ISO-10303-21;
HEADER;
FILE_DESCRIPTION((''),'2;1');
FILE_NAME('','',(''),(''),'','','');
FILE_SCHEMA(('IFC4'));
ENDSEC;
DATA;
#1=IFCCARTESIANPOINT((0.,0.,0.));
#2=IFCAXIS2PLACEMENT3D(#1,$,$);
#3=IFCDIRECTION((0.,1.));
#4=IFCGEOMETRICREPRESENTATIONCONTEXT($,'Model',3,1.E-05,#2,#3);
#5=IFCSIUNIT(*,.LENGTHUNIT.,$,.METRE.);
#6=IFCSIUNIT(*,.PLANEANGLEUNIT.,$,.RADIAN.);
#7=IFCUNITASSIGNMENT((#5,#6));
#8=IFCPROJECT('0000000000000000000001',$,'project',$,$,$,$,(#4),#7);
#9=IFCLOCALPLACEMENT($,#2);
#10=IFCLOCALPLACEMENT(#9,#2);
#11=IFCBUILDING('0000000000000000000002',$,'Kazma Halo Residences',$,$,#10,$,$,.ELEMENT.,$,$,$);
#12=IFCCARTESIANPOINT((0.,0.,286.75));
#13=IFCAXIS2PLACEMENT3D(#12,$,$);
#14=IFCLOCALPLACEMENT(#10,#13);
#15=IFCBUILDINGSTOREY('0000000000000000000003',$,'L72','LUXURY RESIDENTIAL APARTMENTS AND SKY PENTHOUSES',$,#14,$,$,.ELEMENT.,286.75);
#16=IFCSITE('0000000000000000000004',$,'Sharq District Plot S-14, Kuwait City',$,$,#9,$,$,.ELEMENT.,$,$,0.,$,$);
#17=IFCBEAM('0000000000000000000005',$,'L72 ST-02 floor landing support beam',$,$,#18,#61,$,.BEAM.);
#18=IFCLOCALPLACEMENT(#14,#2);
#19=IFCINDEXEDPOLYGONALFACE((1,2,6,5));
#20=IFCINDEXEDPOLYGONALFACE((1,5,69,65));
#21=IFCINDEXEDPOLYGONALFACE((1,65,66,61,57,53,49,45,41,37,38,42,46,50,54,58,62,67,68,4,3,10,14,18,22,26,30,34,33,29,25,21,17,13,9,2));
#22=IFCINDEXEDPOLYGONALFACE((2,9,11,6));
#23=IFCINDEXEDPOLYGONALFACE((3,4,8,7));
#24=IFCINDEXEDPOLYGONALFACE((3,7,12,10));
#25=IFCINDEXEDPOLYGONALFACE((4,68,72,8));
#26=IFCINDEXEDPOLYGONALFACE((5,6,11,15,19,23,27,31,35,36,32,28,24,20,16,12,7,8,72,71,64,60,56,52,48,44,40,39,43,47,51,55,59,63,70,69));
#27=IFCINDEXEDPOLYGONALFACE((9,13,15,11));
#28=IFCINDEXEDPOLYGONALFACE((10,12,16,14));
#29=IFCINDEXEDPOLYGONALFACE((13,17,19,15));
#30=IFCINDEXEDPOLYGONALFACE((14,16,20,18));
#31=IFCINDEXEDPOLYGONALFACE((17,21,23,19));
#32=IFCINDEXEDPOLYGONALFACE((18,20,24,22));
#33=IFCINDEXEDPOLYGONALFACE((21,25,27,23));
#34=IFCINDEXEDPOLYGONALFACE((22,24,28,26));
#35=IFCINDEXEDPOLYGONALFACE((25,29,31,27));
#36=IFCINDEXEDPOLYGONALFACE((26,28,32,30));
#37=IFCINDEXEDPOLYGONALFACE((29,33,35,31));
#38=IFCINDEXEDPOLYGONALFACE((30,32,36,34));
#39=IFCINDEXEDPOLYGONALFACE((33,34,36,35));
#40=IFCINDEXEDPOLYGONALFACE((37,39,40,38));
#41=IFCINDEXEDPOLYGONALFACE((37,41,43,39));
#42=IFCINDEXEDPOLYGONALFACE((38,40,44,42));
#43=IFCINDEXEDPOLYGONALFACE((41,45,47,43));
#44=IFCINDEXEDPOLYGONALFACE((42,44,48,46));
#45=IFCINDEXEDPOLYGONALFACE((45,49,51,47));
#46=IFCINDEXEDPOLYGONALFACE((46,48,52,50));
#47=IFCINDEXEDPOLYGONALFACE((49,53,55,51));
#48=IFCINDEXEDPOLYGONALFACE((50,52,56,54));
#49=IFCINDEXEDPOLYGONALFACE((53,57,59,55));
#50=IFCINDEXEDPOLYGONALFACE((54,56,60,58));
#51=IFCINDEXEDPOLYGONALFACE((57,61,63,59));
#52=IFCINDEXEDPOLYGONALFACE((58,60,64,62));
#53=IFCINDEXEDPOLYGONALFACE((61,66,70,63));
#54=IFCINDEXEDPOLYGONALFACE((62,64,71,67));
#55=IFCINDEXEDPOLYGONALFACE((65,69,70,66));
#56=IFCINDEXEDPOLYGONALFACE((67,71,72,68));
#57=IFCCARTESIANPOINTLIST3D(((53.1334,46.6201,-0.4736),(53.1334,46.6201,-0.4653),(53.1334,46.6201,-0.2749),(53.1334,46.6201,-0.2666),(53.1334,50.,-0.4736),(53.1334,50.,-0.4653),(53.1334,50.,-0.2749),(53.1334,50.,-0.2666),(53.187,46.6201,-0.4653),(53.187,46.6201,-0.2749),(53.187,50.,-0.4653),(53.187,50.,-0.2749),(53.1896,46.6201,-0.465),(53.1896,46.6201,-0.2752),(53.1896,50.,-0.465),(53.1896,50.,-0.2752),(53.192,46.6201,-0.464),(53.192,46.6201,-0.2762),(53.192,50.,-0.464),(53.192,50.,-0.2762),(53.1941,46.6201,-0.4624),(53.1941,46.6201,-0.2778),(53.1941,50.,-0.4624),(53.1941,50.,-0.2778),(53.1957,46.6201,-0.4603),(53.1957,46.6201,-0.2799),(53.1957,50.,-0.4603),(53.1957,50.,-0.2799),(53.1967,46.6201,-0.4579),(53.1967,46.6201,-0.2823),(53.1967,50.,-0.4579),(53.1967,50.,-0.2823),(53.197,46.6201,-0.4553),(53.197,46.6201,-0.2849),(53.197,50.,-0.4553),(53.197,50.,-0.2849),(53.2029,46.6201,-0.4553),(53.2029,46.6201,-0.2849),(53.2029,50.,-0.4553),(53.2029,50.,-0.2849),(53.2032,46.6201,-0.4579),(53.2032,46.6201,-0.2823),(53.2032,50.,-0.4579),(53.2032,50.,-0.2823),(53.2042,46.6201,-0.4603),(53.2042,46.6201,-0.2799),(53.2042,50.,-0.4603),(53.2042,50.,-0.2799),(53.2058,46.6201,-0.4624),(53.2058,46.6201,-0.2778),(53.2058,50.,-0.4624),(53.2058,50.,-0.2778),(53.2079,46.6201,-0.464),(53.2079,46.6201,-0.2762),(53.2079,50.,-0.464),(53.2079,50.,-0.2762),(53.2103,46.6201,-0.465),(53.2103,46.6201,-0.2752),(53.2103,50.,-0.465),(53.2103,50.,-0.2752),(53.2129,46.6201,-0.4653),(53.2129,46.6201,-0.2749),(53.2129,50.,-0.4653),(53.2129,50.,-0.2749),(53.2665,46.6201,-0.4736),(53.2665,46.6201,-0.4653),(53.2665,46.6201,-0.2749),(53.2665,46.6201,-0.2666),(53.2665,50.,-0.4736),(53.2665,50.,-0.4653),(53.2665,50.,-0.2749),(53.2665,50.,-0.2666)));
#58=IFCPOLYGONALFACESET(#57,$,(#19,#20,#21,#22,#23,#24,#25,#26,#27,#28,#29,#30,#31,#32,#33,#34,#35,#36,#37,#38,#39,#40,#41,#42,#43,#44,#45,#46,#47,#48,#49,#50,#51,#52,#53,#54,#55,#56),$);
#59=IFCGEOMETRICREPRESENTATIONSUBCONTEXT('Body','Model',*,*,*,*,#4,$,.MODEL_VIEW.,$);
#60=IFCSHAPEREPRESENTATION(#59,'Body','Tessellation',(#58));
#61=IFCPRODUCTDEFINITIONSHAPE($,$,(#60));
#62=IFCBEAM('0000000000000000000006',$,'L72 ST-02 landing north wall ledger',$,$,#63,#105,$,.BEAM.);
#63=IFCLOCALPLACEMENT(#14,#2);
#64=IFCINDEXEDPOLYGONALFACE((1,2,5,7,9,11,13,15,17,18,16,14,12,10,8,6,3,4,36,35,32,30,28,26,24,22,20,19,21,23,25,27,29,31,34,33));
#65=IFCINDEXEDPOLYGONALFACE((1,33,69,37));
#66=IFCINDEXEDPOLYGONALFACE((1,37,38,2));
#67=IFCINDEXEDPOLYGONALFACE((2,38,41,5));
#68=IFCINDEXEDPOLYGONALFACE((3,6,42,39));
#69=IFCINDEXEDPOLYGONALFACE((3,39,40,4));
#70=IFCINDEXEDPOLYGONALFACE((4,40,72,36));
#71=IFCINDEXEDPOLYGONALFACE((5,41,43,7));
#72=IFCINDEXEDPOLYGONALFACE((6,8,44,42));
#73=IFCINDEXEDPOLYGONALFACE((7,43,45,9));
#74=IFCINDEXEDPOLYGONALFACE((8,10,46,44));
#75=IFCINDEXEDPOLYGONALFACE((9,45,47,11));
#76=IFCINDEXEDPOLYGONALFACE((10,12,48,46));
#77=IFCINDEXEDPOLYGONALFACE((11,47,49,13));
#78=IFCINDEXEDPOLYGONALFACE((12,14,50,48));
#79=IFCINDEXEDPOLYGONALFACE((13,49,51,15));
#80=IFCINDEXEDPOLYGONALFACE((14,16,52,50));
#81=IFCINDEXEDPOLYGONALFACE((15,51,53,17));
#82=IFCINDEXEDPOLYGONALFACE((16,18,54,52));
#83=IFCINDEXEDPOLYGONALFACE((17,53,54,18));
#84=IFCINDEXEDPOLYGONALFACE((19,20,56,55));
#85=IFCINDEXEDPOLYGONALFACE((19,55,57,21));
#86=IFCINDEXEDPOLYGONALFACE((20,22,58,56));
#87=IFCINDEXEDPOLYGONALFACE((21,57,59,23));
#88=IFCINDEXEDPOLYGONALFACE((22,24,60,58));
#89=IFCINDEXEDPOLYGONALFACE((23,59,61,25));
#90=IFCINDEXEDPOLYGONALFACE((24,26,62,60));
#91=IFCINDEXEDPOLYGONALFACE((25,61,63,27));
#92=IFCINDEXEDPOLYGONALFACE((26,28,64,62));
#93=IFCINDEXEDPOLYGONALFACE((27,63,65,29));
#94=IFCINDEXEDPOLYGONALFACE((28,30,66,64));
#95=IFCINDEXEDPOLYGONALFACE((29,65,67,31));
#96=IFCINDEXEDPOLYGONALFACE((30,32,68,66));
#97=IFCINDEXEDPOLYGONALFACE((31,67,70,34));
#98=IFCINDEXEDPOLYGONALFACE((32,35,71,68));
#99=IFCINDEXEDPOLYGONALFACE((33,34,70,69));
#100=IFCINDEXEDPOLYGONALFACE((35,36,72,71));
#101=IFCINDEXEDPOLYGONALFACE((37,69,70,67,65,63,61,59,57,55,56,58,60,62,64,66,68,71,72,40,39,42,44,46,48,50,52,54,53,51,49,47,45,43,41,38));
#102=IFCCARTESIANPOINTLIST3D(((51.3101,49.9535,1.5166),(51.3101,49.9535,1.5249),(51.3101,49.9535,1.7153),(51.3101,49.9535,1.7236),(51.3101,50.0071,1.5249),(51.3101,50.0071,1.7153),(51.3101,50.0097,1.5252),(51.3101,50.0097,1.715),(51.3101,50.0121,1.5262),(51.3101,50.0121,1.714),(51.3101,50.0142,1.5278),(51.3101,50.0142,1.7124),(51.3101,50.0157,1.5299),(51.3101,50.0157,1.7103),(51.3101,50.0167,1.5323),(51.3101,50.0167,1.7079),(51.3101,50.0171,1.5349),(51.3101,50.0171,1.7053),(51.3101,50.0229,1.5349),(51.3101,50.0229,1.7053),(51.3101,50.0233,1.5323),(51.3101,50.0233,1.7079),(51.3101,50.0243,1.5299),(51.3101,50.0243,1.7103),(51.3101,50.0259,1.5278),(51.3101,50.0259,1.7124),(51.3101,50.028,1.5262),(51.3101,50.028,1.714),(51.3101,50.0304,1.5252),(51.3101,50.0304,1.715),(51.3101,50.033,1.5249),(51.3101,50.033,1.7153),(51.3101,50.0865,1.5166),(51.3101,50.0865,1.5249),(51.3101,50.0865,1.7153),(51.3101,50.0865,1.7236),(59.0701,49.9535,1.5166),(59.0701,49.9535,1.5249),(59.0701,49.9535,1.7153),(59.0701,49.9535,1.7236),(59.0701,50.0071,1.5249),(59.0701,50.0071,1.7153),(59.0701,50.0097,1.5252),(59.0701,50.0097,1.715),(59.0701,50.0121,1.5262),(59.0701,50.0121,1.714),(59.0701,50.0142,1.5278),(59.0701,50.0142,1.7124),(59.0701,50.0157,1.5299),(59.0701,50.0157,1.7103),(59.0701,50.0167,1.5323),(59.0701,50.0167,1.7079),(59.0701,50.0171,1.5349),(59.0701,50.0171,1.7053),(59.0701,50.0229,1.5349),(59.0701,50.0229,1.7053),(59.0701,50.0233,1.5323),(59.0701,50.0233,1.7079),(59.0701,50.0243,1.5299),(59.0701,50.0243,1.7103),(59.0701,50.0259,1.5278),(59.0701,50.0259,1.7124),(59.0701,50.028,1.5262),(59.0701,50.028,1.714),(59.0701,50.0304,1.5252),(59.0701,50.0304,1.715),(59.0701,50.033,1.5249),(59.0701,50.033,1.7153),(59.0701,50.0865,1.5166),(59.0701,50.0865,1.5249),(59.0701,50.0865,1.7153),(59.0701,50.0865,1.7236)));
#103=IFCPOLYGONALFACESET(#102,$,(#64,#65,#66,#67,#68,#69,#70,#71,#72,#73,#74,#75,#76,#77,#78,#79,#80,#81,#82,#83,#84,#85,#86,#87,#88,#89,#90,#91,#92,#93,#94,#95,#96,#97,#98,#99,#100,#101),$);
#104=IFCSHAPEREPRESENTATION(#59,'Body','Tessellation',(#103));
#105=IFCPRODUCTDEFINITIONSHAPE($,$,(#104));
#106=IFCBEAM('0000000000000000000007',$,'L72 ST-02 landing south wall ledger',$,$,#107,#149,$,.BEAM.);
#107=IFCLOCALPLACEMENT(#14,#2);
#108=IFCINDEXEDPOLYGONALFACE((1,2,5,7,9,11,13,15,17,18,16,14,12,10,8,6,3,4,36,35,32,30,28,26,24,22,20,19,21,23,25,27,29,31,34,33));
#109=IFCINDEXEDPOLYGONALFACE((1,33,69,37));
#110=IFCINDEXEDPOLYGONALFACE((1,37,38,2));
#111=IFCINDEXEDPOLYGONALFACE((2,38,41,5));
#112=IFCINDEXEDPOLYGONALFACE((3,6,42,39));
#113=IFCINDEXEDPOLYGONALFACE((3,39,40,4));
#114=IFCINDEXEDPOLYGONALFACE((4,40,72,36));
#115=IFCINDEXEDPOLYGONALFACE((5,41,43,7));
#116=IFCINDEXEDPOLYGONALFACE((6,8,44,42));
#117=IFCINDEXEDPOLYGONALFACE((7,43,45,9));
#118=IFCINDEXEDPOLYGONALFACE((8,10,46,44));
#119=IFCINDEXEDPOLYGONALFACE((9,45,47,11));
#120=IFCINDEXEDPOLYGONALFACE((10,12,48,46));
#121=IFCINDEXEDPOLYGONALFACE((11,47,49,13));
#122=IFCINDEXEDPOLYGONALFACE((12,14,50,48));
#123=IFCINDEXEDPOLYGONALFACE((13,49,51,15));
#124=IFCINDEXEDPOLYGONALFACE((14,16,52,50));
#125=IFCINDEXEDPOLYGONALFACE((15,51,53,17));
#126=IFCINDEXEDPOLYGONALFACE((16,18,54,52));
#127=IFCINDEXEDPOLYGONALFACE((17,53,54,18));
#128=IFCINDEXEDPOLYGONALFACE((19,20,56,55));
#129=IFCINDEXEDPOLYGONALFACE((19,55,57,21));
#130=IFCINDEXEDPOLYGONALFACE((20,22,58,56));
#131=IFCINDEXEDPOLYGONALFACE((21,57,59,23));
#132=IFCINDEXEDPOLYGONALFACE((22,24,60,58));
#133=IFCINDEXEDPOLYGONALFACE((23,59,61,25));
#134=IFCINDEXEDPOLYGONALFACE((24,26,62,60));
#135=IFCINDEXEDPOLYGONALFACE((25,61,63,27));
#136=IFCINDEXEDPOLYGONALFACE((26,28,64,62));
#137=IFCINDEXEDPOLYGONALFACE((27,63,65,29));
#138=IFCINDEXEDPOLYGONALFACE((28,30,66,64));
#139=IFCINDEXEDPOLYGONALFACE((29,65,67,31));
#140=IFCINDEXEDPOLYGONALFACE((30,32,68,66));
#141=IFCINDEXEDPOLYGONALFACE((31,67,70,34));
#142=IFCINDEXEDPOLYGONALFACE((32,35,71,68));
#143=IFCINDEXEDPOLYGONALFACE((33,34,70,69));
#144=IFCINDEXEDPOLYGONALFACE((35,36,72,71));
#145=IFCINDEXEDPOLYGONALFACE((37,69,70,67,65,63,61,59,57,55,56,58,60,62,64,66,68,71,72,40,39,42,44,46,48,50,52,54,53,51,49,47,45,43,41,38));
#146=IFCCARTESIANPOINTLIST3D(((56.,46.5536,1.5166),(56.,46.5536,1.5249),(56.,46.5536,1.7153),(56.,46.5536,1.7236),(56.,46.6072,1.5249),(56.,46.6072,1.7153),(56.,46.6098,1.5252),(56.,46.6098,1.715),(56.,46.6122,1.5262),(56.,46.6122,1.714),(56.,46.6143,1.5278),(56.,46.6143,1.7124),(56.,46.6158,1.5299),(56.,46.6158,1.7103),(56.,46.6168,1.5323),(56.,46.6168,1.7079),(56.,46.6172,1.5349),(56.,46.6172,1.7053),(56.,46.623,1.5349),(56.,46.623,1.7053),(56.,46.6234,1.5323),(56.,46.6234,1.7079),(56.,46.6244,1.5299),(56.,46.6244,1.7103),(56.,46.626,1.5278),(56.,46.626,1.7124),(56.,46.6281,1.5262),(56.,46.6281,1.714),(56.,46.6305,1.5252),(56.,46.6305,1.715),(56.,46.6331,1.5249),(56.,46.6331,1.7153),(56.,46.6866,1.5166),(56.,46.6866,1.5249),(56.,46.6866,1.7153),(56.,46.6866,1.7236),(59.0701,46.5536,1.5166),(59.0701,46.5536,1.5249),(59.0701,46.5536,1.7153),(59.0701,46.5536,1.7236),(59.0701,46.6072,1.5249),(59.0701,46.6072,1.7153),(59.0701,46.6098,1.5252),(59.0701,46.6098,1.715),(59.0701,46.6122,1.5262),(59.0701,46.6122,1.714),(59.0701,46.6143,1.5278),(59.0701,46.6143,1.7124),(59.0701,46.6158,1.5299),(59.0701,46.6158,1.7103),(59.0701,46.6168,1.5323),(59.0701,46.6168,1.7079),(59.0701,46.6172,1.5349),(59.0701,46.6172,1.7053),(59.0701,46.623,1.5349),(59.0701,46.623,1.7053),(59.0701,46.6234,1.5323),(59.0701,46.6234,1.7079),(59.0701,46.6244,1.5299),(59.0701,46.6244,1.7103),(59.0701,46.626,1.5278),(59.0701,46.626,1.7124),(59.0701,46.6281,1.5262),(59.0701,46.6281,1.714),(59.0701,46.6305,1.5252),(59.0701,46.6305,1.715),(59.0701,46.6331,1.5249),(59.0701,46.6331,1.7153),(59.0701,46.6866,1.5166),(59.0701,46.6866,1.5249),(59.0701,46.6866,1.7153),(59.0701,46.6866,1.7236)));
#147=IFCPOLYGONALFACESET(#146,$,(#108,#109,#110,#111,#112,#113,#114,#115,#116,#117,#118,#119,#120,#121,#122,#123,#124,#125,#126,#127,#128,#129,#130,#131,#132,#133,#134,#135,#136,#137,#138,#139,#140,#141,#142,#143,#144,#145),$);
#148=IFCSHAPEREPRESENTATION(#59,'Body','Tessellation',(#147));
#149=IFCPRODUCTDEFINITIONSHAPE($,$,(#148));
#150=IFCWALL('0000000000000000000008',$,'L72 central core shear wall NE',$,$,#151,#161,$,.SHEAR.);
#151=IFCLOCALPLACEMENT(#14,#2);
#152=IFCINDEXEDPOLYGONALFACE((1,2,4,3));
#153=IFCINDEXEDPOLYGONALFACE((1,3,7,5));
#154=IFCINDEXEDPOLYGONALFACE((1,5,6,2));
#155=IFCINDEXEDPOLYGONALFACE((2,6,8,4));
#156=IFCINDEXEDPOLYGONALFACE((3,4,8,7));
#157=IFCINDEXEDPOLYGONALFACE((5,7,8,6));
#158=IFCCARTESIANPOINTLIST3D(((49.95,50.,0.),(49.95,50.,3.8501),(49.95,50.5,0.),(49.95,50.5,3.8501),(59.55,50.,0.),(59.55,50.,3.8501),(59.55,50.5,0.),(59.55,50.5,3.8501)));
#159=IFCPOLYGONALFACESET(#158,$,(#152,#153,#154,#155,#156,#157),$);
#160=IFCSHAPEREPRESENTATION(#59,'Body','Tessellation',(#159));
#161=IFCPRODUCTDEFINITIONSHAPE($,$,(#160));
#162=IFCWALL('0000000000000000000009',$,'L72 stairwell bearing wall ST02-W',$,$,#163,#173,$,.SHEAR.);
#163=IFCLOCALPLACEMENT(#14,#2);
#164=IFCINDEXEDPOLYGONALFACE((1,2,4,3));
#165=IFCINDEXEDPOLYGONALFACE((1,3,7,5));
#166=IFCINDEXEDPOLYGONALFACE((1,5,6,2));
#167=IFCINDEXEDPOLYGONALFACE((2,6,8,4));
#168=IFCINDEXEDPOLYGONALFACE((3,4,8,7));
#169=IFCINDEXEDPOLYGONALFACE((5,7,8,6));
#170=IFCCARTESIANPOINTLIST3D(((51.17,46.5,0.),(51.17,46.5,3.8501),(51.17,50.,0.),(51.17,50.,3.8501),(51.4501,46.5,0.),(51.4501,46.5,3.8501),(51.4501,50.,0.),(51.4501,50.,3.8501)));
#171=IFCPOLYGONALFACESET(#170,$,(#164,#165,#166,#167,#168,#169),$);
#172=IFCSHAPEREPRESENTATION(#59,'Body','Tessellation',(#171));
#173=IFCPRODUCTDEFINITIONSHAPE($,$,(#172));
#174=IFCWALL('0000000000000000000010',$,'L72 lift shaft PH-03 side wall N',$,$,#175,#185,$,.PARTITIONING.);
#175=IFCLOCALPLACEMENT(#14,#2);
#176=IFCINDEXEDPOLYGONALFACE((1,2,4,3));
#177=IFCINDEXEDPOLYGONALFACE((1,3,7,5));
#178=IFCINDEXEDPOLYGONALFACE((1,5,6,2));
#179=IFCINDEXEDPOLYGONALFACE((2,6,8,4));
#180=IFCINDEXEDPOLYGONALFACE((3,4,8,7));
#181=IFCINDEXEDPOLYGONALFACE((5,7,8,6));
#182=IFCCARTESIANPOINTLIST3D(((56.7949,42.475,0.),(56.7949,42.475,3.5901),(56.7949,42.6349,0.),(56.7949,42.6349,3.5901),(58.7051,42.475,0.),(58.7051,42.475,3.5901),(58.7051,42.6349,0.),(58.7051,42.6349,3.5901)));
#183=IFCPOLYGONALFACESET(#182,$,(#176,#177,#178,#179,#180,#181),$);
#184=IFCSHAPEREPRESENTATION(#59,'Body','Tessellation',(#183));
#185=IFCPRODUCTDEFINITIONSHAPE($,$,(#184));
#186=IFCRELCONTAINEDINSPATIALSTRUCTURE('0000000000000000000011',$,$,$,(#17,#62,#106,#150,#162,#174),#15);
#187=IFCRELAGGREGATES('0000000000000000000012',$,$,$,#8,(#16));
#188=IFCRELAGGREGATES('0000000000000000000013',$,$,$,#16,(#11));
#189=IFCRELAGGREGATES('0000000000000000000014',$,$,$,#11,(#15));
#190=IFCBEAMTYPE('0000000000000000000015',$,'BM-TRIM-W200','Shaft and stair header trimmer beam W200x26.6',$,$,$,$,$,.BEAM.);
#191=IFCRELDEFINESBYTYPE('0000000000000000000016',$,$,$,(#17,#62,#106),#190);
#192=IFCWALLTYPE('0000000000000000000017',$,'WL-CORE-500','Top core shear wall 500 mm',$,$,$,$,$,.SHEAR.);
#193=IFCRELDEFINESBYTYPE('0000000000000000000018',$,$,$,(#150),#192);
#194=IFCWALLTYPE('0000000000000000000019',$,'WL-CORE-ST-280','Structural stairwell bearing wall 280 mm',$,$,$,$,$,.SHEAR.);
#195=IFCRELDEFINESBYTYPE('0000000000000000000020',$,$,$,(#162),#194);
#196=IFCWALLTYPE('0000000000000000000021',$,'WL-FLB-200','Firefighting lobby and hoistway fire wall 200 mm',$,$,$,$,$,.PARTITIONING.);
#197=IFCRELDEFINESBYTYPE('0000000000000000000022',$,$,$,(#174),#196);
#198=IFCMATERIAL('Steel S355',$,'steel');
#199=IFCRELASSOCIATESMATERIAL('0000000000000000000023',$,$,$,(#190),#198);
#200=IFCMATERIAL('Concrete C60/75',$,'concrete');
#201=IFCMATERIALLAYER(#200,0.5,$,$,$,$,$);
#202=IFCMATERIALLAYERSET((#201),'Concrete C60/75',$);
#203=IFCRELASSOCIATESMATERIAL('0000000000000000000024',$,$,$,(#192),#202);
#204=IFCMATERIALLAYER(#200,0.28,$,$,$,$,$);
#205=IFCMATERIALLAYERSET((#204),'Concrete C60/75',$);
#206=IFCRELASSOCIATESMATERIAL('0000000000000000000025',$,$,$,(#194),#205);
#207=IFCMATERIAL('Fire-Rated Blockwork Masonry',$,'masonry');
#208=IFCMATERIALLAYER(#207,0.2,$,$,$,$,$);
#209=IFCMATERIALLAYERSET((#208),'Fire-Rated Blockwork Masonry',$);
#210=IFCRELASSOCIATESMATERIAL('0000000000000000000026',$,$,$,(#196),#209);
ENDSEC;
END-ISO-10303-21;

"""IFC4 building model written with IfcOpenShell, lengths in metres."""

from ifc_helpers import new_model, si_unit, direction, frame, frame_2d, origin, origin_2d, place, context, subcontext, project, spatial, rectangle, i_section, extrude, material, layer, layer_set, material_profile, profile_set, type_object, element, save


model = new_model("IFC4")

# Units and contexts
model_context = context("Model", 3, precision=1e-05, world=origin(), true_north=direction((0.0, 1.0)))
body_context = subcontext(model_context, "Body", "Model", "MODEL_VIEW")
ifc_project = project(units=[si_unit("LENGTHUNIT", "METRE"), si_unit("PLANEANGLEUNIT", "RADIAN")], contexts=[model_context])

# Site, building, storey
site_placement = place(None, origin())
site = spatial("IfcSite", under=ifc_project, at=site_placement, Name="Sharq District Plot S-14, Kuwait City", CompositionType="ELEMENT", RefElevation=0.0)
building_placement = place(site_placement, origin())
building = spatial("IfcBuilding", under=site, at=building_placement, Name="Kazma Halo Residences", CompositionType="ELEMENT")
storey_placement = place(building_placement, frame((0.0, 0.0, 286.75)))
storey = spatial("IfcBuildingStorey", under=building, at=storey_placement, Name="L72", Description="LUXURY RESIDENTIAL APARTMENTS AND SKY PENTHOUSES", CompositionType="ELEMENT", Elevation=286.75)

# Shared definitions
ifc_material_1 = material(Name="Steel S355", Category="steel")

# Beams
ifc_material_profile_1 = material_profile(ifc_material_1, i_section(OverallWidth=0.1331, OverallDepth=0.207, WebThickness=0.0059, FlangeThickness=0.0083, FilletRadius=0.01, at=origin_2d()), Name="W200x26.6")
ifc_profile_set_1 = profile_set([ifc_material_profile_1], Name="Steel S355")
beam_type_1 = type_object("IfcBeamType", Name="BM-TRIM-W200", Description="Shaft and stair header trimmer beam W200x26.6", PredefinedType="BEAM", material=ifc_profile_set_1)
beam_1_placement = place(storey_placement, frame((53.2, 46.6201, -0.3701), z_axis=(0.0, 1.0, 0.0), x_axis=(-1.0, 0.0, 0.0)))
element("IfcBeam", 1, at=beam_1_placement, inside=storey, type_object=beam_type_1, Name="L72 ST-02 floor landing support beam", PredefinedType="BEAM", context=body_context, shape_type="SweptSolid", body=[
    extrude(i_section(OverallWidth=0.1331, OverallDepth=0.207, WebThickness=0.0059, FlangeThickness=0.0083, FilletRadius=0.01, at=origin_2d()), origin(), (0.0, 0.0, 1.0), 3.3799),
])
beam_2_placement = place(storey_placement, frame((51.3101, 50.02, 1.6201), z_axis=(1.0, 0.0, 0.0), x_axis=(0.0, 1.0, 0.0)))
element("IfcBeam", 2, at=beam_2_placement, inside=storey, type_object=beam_type_1, Name="L72 ST-02 landing north wall ledger", PredefinedType="BEAM", context=body_context, shape_type="SweptSolid", body=[
    extrude(i_section(OverallWidth=0.1331, OverallDepth=0.207, WebThickness=0.0059, FlangeThickness=0.0083, FilletRadius=0.01, at=origin_2d()), origin(), (0.0, 0.0, 1.0), 7.76),
])
beam_3_placement = place(storey_placement, frame((56.0, 46.6201, 1.6201), z_axis=(1.0, 0.0, 0.0), x_axis=(0.0, 1.0, 0.0)))
element("IfcBeam", 3, at=beam_3_placement, inside=storey, type_object=beam_type_1, Name="L72 ST-02 landing south wall ledger", PredefinedType="BEAM", context=body_context, shape_type="SweptSolid", body=[
    extrude(i_section(OverallWidth=0.1331, OverallDepth=0.207, WebThickness=0.0059, FlangeThickness=0.0083, FilletRadius=0.01, at=origin_2d()), origin(), (0.0, 0.0, 1.0), 3.0701),
])

# Walls
ifc_material_2 = material(Name="Concrete C60/75", Category="concrete")
ifc_layer_1 = layer(ifc_material_2, 0.5)
ifc_layer_set_1 = layer_set([ifc_layer_1], Name="Concrete C60/75")
wall_type_1 = type_object("IfcWallType", Name="WL-CORE-500", Description="Top core shear wall 500 mm", PredefinedType="SHEAR", material=ifc_layer_set_1)
wall_1_placement = place(storey_placement, frame((49.95, 50.25, 0.0), z_axis=(0.0, 0.0, 1.0), x_axis=(1.0, 0.0, 0.0)))
element("IfcWall", 4, at=wall_1_placement, inside=storey, type_object=wall_type_1, Name="L72 central core shear wall NE", PredefinedType="SHEAR", context=body_context, shape_type="SweptSolid", body=[
    extrude(rectangle(XDim=9.6001, YDim=0.5, at=frame_2d((4.8, 0.0))), origin(), (0.0, 0.0, 1.0), 3.8501),
])
ifc_layer_2 = layer(ifc_material_2, 0.28)
ifc_layer_set_2 = layer_set([ifc_layer_2], Name="Concrete C60/75")
wall_type_2 = type_object("IfcWallType", Name="WL-CORE-ST-280", Description="Structural stairwell bearing wall 280 mm", PredefinedType="SHEAR", material=ifc_layer_set_2)
wall_2_placement = place(storey_placement, frame((51.3101, 46.5, 0.0), z_axis=(0.0, 0.0, 1.0), x_axis=(0.0, 1.0, 0.0)))
element("IfcWall", 5, at=wall_2_placement, inside=storey, type_object=wall_type_2, Name="L72 stairwell bearing wall ST02-W", PredefinedType="SHEAR", context=body_context, shape_type="SweptSolid", body=[
    extrude(rectangle(XDim=3.5, YDim=0.28, at=frame_2d((1.75, 0.0))), origin(), (0.0, 0.0, 1.0), 3.8501),
])
ifc_material_3 = material(Name="Fire-Rated Blockwork Masonry", Category="masonry")
ifc_layer_3 = layer(ifc_material_3, 0.2)
ifc_layer_set_3 = layer_set([ifc_layer_3], Name="Fire-Rated Blockwork Masonry")
wall_type_3 = type_object("IfcWallType", Name="WL-FLB-200", Description="Firefighting lobby and hoistway fire wall 200 mm", PredefinedType="PARTITIONING", material=ifc_layer_set_3)
wall_3_placement = place(storey_placement, frame((56.7949, 42.5549, 0.0), z_axis=(0.0, 0.0, 1.0), x_axis=(1.0, 0.0, 0.0)))
element("IfcWall", 6, at=wall_3_placement, inside=storey, type_object=wall_type_3, Name="L72 lift shaft PH-03 side wall N", PredefinedType="PARTITIONING", context=body_context, shape_type="SweptSolid", body=[
    extrude(rectangle(XDim=1.9102, YDim=0.1599, at=frame_2d((0.9551, 0.0))), origin(), (0.0, 0.0, 1.0), 3.5901),
])

save(model, "model.ifc")
